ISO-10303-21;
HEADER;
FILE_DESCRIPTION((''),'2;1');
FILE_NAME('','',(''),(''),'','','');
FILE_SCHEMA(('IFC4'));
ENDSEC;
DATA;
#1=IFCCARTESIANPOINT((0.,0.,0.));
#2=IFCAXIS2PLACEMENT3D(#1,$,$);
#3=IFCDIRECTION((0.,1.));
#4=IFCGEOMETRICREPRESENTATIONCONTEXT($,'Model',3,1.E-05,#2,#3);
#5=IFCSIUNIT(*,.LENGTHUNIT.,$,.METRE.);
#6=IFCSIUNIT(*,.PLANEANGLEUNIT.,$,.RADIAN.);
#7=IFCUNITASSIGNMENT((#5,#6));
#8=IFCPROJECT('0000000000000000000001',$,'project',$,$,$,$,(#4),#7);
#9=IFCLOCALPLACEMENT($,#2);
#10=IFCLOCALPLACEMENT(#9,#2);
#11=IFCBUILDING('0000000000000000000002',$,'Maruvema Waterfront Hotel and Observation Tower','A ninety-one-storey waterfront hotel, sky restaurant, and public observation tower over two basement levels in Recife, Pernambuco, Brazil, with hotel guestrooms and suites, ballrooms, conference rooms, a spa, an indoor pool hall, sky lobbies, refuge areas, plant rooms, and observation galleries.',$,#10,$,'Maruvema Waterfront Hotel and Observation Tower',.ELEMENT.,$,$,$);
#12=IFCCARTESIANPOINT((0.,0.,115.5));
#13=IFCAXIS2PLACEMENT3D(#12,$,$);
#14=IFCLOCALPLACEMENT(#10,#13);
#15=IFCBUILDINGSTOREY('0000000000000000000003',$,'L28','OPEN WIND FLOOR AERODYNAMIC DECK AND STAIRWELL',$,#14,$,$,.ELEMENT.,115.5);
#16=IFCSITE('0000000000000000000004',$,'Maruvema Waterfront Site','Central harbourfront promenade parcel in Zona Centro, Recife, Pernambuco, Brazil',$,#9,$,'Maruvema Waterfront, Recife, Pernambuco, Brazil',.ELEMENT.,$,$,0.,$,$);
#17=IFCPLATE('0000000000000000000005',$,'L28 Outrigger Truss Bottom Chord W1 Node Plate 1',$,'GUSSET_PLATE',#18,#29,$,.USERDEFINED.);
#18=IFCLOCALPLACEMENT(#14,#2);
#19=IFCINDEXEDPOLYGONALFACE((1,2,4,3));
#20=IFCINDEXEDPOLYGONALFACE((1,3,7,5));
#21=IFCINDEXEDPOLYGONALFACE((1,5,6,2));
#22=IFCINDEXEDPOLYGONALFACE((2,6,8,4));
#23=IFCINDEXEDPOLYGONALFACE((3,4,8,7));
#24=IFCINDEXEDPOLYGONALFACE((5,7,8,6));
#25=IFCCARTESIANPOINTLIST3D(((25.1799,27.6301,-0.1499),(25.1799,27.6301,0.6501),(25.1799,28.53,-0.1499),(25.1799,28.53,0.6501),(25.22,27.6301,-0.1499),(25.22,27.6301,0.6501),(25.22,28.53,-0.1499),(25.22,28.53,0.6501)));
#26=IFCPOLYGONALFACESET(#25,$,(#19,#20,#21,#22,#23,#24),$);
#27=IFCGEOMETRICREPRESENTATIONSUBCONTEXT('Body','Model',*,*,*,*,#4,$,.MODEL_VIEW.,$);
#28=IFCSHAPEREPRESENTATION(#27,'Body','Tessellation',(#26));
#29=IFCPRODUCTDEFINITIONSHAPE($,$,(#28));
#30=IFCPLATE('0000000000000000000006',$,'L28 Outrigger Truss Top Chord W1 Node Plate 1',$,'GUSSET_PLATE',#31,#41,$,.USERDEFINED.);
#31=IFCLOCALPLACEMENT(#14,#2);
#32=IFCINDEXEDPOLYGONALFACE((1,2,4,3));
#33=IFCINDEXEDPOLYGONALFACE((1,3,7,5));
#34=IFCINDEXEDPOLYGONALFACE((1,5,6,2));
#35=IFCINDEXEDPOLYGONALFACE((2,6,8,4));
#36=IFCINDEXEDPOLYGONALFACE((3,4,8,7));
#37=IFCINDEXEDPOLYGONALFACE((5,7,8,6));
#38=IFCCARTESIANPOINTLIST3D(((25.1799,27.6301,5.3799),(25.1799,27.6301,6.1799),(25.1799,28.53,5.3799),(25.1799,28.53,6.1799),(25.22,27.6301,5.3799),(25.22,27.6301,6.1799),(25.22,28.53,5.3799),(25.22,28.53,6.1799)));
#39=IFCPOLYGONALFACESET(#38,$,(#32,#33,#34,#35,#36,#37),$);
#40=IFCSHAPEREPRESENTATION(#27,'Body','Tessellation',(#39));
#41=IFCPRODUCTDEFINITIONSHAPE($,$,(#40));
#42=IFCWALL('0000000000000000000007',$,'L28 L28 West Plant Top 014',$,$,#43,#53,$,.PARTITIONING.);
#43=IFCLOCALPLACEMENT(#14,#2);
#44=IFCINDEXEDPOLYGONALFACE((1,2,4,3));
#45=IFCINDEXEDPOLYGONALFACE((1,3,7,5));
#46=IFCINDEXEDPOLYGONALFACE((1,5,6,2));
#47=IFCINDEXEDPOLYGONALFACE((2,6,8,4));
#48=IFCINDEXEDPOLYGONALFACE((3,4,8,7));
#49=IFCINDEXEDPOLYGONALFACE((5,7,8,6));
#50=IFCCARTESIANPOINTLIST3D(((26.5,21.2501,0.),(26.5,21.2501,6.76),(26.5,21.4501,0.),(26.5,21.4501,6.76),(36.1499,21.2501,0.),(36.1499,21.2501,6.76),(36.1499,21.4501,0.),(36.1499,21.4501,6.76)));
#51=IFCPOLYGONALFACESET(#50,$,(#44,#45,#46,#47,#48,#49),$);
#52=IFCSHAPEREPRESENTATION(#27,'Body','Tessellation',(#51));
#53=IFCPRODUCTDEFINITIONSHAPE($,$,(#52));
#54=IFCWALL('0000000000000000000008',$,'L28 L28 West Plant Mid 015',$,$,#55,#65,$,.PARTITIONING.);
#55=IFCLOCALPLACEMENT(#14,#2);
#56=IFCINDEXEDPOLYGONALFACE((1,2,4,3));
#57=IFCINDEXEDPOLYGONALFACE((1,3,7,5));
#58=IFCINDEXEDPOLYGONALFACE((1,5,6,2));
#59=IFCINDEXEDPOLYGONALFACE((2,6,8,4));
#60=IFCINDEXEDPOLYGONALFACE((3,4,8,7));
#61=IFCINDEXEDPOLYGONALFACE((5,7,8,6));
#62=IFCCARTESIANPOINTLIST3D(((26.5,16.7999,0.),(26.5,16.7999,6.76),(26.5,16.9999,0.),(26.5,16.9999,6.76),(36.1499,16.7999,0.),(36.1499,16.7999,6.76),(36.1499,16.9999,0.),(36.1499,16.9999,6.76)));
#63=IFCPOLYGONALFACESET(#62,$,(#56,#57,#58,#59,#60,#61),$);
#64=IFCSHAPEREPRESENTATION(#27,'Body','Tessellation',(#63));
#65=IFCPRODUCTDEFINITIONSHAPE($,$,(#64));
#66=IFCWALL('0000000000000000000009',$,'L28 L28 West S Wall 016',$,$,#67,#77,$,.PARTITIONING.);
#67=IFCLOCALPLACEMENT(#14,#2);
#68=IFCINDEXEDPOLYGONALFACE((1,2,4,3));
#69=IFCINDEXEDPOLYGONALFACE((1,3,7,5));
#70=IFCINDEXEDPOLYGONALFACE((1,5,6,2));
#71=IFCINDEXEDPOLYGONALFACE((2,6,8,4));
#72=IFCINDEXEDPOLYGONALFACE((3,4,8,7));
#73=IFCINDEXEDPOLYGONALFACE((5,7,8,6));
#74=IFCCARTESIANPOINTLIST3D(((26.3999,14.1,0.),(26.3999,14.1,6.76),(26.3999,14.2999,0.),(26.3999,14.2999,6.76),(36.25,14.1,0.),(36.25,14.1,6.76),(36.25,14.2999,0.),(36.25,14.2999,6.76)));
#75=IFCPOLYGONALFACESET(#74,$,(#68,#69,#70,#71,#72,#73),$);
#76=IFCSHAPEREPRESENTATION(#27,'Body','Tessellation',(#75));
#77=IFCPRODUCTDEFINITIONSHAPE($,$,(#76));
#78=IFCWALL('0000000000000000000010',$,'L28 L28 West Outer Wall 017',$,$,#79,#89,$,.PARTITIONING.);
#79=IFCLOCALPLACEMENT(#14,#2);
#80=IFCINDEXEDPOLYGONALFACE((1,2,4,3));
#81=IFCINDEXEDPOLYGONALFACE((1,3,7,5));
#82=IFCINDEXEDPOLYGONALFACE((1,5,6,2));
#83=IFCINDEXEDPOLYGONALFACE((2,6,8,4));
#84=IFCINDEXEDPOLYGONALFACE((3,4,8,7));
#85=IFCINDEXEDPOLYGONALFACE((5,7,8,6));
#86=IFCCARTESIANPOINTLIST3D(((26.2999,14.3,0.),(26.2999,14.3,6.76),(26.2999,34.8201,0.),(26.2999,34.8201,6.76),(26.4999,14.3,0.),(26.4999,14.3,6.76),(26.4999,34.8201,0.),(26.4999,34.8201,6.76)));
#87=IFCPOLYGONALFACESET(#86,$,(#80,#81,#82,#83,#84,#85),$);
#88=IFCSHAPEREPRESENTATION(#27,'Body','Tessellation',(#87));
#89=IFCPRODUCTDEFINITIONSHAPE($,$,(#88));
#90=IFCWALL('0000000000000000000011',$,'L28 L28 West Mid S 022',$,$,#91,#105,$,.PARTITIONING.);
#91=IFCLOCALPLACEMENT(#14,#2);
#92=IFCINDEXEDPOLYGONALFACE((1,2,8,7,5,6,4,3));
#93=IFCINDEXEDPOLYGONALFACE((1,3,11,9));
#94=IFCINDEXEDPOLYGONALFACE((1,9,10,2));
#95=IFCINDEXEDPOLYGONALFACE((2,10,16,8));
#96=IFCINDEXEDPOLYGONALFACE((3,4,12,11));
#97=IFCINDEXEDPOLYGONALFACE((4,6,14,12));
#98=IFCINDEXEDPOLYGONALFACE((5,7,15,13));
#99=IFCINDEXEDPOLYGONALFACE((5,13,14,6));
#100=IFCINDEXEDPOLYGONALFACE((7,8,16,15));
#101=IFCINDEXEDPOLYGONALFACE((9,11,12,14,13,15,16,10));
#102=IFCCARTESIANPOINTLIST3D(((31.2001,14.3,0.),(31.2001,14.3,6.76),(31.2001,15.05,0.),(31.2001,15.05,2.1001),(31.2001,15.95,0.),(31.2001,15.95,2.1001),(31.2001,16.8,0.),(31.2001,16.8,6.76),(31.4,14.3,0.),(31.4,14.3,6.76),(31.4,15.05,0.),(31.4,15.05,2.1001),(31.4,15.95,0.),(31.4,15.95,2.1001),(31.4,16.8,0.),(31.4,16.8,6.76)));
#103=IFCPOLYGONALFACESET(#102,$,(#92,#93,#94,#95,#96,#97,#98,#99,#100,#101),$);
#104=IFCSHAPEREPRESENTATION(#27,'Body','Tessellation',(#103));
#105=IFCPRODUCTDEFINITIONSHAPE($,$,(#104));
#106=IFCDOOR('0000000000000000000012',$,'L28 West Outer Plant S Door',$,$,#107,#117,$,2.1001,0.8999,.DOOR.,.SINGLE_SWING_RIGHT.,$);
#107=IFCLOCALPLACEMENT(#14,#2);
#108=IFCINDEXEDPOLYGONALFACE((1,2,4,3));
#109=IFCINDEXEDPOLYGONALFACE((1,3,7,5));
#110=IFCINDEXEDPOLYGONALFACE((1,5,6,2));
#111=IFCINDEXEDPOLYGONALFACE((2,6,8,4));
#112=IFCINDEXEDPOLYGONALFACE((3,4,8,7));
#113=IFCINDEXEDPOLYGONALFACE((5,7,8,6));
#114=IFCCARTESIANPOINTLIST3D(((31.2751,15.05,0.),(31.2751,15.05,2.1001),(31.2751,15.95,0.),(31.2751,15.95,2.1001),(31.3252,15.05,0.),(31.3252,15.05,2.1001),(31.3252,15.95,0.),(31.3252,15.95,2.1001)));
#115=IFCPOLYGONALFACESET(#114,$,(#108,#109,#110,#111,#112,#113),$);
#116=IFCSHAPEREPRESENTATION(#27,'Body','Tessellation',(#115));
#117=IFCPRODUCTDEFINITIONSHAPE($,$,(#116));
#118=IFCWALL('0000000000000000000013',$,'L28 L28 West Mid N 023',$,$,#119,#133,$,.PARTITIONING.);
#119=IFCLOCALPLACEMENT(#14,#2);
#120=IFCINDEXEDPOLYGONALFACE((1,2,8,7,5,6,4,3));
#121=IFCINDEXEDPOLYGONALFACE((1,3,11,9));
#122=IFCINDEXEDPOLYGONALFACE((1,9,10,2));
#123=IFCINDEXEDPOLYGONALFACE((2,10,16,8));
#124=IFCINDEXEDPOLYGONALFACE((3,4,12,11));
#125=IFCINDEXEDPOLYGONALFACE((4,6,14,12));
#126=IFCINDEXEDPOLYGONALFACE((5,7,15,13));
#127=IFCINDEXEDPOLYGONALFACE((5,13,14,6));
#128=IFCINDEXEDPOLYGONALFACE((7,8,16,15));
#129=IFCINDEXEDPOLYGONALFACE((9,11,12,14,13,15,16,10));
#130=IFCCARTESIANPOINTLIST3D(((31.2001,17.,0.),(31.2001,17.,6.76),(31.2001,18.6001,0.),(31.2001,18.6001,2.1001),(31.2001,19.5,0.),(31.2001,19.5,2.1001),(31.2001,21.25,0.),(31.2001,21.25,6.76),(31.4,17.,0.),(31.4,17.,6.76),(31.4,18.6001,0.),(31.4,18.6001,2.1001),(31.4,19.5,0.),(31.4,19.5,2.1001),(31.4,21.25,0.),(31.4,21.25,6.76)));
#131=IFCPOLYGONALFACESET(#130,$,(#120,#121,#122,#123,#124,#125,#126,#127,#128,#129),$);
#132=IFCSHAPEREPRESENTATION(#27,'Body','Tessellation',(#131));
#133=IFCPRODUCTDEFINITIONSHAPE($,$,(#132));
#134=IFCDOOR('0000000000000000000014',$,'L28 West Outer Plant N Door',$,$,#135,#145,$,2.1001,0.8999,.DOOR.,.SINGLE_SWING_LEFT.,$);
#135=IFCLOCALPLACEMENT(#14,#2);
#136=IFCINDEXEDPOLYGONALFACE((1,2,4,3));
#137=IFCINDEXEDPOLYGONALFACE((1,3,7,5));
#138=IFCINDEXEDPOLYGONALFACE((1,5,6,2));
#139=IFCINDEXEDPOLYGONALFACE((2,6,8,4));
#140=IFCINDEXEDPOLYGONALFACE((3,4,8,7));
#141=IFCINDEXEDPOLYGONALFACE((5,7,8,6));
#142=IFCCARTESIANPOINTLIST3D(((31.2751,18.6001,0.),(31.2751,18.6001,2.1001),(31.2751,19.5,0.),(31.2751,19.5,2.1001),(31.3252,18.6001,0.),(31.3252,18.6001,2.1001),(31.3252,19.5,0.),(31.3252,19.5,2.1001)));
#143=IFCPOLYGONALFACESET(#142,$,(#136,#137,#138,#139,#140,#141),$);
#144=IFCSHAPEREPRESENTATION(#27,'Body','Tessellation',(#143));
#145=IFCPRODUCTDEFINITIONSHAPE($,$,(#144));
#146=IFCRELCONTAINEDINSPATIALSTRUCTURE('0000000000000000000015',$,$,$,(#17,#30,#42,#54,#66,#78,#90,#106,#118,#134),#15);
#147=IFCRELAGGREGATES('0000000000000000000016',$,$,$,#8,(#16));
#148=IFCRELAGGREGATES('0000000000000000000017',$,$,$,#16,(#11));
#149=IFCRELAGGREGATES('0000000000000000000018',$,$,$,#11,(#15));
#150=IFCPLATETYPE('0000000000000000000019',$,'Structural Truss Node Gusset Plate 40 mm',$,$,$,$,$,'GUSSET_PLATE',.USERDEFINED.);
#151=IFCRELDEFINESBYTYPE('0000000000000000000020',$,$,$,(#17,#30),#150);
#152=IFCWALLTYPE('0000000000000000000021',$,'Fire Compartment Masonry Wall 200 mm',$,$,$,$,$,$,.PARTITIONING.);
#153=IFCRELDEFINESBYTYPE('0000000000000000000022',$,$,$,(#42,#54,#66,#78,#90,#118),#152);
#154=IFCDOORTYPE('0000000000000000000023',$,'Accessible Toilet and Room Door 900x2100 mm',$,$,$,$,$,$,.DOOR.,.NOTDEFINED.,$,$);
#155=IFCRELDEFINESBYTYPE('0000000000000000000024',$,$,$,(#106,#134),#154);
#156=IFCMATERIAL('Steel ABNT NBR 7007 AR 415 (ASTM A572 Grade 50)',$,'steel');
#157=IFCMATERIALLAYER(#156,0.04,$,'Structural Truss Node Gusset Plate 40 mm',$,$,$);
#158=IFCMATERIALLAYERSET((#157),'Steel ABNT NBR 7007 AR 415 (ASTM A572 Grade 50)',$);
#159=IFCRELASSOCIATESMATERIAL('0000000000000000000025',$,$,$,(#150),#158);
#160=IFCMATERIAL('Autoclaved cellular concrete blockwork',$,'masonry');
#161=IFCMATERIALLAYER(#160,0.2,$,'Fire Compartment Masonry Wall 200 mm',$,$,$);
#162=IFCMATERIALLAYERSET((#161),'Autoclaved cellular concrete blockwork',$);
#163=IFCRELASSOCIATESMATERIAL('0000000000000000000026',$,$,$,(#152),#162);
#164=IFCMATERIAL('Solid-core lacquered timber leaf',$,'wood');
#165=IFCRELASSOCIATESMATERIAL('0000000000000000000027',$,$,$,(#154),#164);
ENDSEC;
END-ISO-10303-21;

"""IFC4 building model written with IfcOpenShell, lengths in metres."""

from ifc_helpers import new_model, si_unit, direction, frame, frame_2d, origin, origin_2d, place, context, subcontext, project, spatial, rectangle, extrude, material, layer, layer_set, type_object, element, fill, save


model = new_model("IFC4")

# Units and contexts
model_context = context("Model", 3, precision=1e-05, world=origin(), true_north=direction((0.0, 1.0)))
body_context = subcontext(model_context, "Body", "Model", "MODEL_VIEW")
ifc_project = project(units=[si_unit("LENGTHUNIT", "METRE"), si_unit("PLANEANGLEUNIT", "RADIAN")], contexts=[model_context])

# Site, building, storey
site_placement = place(None, origin())
site = spatial("IfcSite", under=ifc_project, at=site_placement, Name="Maruvema Waterfront Site", Description="Central harbourfront promenade parcel in Zona Centro, Recife, Pernambuco, Brazil", LongName="Maruvema Waterfront, Recife, Pernambuco, Brazil", CompositionType="ELEMENT", RefElevation=0.0)
building_placement = place(site_placement, origin())
building = spatial("IfcBuilding", under=site, at=building_placement, Name="Maruvema Waterfront Hotel and Observation Tower", Description="A ninety-one-storey waterfront hotel, sky restaurant, and public observation tower over two basement levels in Recife, Pernambuco, Brazil, with hotel guestrooms and suites, ballrooms, conference rooms, a spa, an indoor pool hall, sky lobbies, refuge areas, plant rooms, and observation galleries.", LongName="Maruvema Waterfront Hotel and Observation Tower", CompositionType="ELEMENT")
storey_placement = place(building_placement, frame((0.0, 0.0, 115.5)))
storey = spatial("IfcBuildingStorey", under=building, at=storey_placement, Name="L28", Description="OPEN WIND FLOOR AERODYNAMIC DECK AND STAIRWELL", CompositionType="ELEMENT", Elevation=115.5)

# Plates
ifc_material_1 = material(Name="Steel ABNT NBR 7007 AR 415 (ASTM A572 Grade 50)", Category="steel")
ifc_layer_1 = layer(ifc_material_1, 0.04, Name="Structural Truss Node Gusset Plate 40 mm")
ifc_layer_set_1 = layer_set([ifc_layer_1], Name="Steel ABNT NBR 7007 AR 415 (ASTM A572 Grade 50)")
plate_type = type_object("IfcPlateType", Name="Structural Truss Node Gusset Plate 40 mm", ElementType="GUSSET_PLATE", PredefinedType="USERDEFINED", material=ifc_layer_set_1)
for number, where, z_axis, x_axis, name in (
    (1, (25.2, 28.0801, -0.1499), (0.0, 0.0, 1.0), (0.0, 1.0, 0.0), "L28 Outrigger Truss Bottom Chord W1 Node Plate 1"),
    (2, (25.2, 28.0801, 5.3799), (0.0, 0.0, 1.0), (0.0, 1.0, 0.0), "L28 Outrigger Truss Top Chord W1 Node Plate 1"),
):
    element("IfcPlate", number, at=place(storey_placement, frame(where, z_axis=z_axis, x_axis=x_axis)), inside=storey, type_object=plate_type, Name=name, ObjectType="GUSSET_PLATE", PredefinedType="USERDEFINED", context=body_context, shape_type="SweptSolid", body=[
        extrude(rectangle(XDim=0.8999, YDim=0.04, at=origin_2d()), origin(), (0.0, 0.0, 1.0), 0.8),
    ])

# Walls
ifc_material_2 = material(Name="Autoclaved cellular concrete blockwork", Category="masonry")
ifc_layer_2 = layer(ifc_material_2, 0.2, Name="Fire Compartment Masonry Wall 200 mm")
ifc_layer_set_2 = layer_set([ifc_layer_2], Name="Autoclaved cellular concrete blockwork")
wall_type = type_object("IfcWallType", Name="Fire Compartment Masonry Wall 200 mm", PredefinedType="PARTITIONING", material=ifc_layer_set_2)
for number, where, z_axis, x_axis, name in (
    (3, (26.5, 21.3501, 0.0), (0.0, 0.0, 1.0), (1.0, 0.0, 0.0), "L28 L28 West Plant Top 014"),
    (4, (26.5, 16.8999, 0.0), (0.0, 0.0, 1.0), (1.0, 0.0, 0.0), "L28 L28 West Plant Mid 015"),
):
    element("IfcWall", number, at=place(storey_placement, frame(where, z_axis=z_axis, x_axis=x_axis)), inside=storey, type_object=wall_type, Name=name, PredefinedType="PARTITIONING", context=body_context, shape_type="SweptSolid", body=[
        extrude(rectangle(XDim=9.6499, YDim=0.2, at=frame_2d((4.825, 0.0))), origin(), (0.0, 0.0, 1.0), 6.76),
    ])
wall_1_placement = place(storey_placement, frame((26.3999, 14.2, 0.0), z_axis=(0.0, 0.0, 1.0), x_axis=(1.0, 0.0, 0.0)))
element("IfcWall", 5, at=wall_1_placement, inside=storey, type_object=wall_type, Name="L28 L28 West S Wall 016", PredefinedType="PARTITIONING", context=body_context, shape_type="SweptSolid", body=[
    extrude(rectangle(XDim=9.8501, YDim=0.2, at=frame_2d((4.925, 0.0))), origin(), (0.0, 0.0, 1.0), 6.76),
])
wall_2_placement = place(storey_placement, frame((26.3999, 14.3, 0.0), z_axis=(0.0, 0.0, 1.0), x_axis=(0.0, 1.0, 0.0)))
element("IfcWall", 6, at=wall_2_placement, inside=storey, type_object=wall_type, Name="L28 L28 West Outer Wall 017", PredefinedType="PARTITIONING", context=body_context, shape_type="SweptSolid", body=[
    extrude(rectangle(XDim=20.52, YDim=0.2, at=frame_2d((10.26, 0.0))), origin(), (0.0, 0.0, 1.0), 6.76),
])

# Walls, openings, doors
wall_3_placement = place(storey_placement, frame((31.3, 14.3, 0.0), z_axis=(0.0, 0.0, 1.0), x_axis=(0.0, 1.0, 0.0)))
wall_3 = element("IfcWall", 7, at=wall_3_placement, inside=storey, type_object=wall_type, Name="L28 L28 West Mid S 022", PredefinedType="PARTITIONING", context=body_context, shape_type="SweptSolid", body=[
    extrude(rectangle(XDim=2.5, YDim=0.2, at=frame_2d((1.25, 0.0))), origin(), (0.0, 0.0, 1.0), 6.76),
])
opening_1_placement = place(wall_3_placement, frame((0.75, 0.0, 0.0)))
opening_1 = element("IfcOpeningElement", 8, at=opening_1_placement, cuts=wall_3, PredefinedType="OPENING", context=body_context, shape_type="SweptSolid", body=[
    extrude(rectangle(XDim=0.8999, YDim=2.1001, at=frame_2d((0.45, 1.05))), frame((0.0, 0.1099, 0.0), z_axis=(0.0, -1.0, 0.0), x_axis=(1.0, 0.0, 0.0)), (0.0, 0.0, 1.0), 0.22),
])
ifc_material_3 = material(Name="Solid-core lacquered timber leaf", Category="wood")
door_type = type_object("IfcDoorType", Name="Accessible Toilet and Room Door 900x2100 mm", OperationType="NOTDEFINED", PredefinedType="DOOR", material=ifc_material_3)
door_1_placement = place(opening_1_placement, origin())
door_1 = element("IfcDoor", 9, at=door_1_placement, inside=storey, type_object=door_type, Name="L28 West Outer Plant S Door", OperationType="SINGLE_SWING_RIGHT", OverallHeight=2.1001, OverallWidth=0.8999, PredefinedType="DOOR", context=body_context, shape_type="SweptSolid", body=[
    extrude(rectangle(XDim=0.8999, YDim=2.1001, at=frame_2d((0.45, 1.05))), frame((0.0, 0.0249, 0.0), z_axis=(0.0, -1.0, 0.0), x_axis=(1.0, 0.0, 0.0)), (0.0, 0.0, 1.0), 0.05),
])
fill(opening_1, door_1)
wall_4_placement = place(storey_placement, frame((31.3, 17.0, 0.0), z_axis=(0.0, 0.0, 1.0), x_axis=(0.0, 1.0, 0.0)))
wall_4 = element("IfcWall", 10, at=wall_4_placement, inside=storey, type_object=wall_type, Name="L28 L28 West Mid N 023", PredefinedType="PARTITIONING", context=body_context, shape_type="SweptSolid", body=[
    extrude(rectangle(XDim=4.25, YDim=0.2, at=frame_2d((2.125, 0.0))), origin(), (0.0, 0.0, 1.0), 6.76),
])
opening_2_placement = place(wall_4_placement, frame((1.6001, 0.0, 0.0)))
opening_2 = element("IfcOpeningElement", 11, at=opening_2_placement, cuts=wall_4, PredefinedType="OPENING", context=body_context, shape_type="SweptSolid", body=[
    extrude(rectangle(XDim=0.8999, YDim=2.1001, at=frame_2d((0.45, 1.05))), frame((0.0, 0.1099, 0.0), z_axis=(0.0, -1.0, 0.0), x_axis=(1.0, 0.0, 0.0)), (0.0, 0.0, 1.0), 0.22),
])
door_2_placement = place(opening_2_placement, origin())
door_2 = element("IfcDoor", 12, at=door_2_placement, inside=storey, type_object=door_type, Name="L28 West Outer Plant N Door", OperationType="SINGLE_SWING_LEFT", OverallHeight=2.1001, OverallWidth=0.8999, PredefinedType="DOOR", context=body_context, shape_type="SweptSolid", body=[
    extrude(rectangle(XDim=0.8999, YDim=2.1001, at=frame_2d((0.45, 1.05))), frame((0.0, 0.0249, 0.0), z_axis=(0.0, -1.0, 0.0), x_axis=(1.0, 0.0, 0.0)), (0.0, 0.0, 1.0), 0.05),
])
fill(opening_2, door_2)

save(model, "model.ifc")
